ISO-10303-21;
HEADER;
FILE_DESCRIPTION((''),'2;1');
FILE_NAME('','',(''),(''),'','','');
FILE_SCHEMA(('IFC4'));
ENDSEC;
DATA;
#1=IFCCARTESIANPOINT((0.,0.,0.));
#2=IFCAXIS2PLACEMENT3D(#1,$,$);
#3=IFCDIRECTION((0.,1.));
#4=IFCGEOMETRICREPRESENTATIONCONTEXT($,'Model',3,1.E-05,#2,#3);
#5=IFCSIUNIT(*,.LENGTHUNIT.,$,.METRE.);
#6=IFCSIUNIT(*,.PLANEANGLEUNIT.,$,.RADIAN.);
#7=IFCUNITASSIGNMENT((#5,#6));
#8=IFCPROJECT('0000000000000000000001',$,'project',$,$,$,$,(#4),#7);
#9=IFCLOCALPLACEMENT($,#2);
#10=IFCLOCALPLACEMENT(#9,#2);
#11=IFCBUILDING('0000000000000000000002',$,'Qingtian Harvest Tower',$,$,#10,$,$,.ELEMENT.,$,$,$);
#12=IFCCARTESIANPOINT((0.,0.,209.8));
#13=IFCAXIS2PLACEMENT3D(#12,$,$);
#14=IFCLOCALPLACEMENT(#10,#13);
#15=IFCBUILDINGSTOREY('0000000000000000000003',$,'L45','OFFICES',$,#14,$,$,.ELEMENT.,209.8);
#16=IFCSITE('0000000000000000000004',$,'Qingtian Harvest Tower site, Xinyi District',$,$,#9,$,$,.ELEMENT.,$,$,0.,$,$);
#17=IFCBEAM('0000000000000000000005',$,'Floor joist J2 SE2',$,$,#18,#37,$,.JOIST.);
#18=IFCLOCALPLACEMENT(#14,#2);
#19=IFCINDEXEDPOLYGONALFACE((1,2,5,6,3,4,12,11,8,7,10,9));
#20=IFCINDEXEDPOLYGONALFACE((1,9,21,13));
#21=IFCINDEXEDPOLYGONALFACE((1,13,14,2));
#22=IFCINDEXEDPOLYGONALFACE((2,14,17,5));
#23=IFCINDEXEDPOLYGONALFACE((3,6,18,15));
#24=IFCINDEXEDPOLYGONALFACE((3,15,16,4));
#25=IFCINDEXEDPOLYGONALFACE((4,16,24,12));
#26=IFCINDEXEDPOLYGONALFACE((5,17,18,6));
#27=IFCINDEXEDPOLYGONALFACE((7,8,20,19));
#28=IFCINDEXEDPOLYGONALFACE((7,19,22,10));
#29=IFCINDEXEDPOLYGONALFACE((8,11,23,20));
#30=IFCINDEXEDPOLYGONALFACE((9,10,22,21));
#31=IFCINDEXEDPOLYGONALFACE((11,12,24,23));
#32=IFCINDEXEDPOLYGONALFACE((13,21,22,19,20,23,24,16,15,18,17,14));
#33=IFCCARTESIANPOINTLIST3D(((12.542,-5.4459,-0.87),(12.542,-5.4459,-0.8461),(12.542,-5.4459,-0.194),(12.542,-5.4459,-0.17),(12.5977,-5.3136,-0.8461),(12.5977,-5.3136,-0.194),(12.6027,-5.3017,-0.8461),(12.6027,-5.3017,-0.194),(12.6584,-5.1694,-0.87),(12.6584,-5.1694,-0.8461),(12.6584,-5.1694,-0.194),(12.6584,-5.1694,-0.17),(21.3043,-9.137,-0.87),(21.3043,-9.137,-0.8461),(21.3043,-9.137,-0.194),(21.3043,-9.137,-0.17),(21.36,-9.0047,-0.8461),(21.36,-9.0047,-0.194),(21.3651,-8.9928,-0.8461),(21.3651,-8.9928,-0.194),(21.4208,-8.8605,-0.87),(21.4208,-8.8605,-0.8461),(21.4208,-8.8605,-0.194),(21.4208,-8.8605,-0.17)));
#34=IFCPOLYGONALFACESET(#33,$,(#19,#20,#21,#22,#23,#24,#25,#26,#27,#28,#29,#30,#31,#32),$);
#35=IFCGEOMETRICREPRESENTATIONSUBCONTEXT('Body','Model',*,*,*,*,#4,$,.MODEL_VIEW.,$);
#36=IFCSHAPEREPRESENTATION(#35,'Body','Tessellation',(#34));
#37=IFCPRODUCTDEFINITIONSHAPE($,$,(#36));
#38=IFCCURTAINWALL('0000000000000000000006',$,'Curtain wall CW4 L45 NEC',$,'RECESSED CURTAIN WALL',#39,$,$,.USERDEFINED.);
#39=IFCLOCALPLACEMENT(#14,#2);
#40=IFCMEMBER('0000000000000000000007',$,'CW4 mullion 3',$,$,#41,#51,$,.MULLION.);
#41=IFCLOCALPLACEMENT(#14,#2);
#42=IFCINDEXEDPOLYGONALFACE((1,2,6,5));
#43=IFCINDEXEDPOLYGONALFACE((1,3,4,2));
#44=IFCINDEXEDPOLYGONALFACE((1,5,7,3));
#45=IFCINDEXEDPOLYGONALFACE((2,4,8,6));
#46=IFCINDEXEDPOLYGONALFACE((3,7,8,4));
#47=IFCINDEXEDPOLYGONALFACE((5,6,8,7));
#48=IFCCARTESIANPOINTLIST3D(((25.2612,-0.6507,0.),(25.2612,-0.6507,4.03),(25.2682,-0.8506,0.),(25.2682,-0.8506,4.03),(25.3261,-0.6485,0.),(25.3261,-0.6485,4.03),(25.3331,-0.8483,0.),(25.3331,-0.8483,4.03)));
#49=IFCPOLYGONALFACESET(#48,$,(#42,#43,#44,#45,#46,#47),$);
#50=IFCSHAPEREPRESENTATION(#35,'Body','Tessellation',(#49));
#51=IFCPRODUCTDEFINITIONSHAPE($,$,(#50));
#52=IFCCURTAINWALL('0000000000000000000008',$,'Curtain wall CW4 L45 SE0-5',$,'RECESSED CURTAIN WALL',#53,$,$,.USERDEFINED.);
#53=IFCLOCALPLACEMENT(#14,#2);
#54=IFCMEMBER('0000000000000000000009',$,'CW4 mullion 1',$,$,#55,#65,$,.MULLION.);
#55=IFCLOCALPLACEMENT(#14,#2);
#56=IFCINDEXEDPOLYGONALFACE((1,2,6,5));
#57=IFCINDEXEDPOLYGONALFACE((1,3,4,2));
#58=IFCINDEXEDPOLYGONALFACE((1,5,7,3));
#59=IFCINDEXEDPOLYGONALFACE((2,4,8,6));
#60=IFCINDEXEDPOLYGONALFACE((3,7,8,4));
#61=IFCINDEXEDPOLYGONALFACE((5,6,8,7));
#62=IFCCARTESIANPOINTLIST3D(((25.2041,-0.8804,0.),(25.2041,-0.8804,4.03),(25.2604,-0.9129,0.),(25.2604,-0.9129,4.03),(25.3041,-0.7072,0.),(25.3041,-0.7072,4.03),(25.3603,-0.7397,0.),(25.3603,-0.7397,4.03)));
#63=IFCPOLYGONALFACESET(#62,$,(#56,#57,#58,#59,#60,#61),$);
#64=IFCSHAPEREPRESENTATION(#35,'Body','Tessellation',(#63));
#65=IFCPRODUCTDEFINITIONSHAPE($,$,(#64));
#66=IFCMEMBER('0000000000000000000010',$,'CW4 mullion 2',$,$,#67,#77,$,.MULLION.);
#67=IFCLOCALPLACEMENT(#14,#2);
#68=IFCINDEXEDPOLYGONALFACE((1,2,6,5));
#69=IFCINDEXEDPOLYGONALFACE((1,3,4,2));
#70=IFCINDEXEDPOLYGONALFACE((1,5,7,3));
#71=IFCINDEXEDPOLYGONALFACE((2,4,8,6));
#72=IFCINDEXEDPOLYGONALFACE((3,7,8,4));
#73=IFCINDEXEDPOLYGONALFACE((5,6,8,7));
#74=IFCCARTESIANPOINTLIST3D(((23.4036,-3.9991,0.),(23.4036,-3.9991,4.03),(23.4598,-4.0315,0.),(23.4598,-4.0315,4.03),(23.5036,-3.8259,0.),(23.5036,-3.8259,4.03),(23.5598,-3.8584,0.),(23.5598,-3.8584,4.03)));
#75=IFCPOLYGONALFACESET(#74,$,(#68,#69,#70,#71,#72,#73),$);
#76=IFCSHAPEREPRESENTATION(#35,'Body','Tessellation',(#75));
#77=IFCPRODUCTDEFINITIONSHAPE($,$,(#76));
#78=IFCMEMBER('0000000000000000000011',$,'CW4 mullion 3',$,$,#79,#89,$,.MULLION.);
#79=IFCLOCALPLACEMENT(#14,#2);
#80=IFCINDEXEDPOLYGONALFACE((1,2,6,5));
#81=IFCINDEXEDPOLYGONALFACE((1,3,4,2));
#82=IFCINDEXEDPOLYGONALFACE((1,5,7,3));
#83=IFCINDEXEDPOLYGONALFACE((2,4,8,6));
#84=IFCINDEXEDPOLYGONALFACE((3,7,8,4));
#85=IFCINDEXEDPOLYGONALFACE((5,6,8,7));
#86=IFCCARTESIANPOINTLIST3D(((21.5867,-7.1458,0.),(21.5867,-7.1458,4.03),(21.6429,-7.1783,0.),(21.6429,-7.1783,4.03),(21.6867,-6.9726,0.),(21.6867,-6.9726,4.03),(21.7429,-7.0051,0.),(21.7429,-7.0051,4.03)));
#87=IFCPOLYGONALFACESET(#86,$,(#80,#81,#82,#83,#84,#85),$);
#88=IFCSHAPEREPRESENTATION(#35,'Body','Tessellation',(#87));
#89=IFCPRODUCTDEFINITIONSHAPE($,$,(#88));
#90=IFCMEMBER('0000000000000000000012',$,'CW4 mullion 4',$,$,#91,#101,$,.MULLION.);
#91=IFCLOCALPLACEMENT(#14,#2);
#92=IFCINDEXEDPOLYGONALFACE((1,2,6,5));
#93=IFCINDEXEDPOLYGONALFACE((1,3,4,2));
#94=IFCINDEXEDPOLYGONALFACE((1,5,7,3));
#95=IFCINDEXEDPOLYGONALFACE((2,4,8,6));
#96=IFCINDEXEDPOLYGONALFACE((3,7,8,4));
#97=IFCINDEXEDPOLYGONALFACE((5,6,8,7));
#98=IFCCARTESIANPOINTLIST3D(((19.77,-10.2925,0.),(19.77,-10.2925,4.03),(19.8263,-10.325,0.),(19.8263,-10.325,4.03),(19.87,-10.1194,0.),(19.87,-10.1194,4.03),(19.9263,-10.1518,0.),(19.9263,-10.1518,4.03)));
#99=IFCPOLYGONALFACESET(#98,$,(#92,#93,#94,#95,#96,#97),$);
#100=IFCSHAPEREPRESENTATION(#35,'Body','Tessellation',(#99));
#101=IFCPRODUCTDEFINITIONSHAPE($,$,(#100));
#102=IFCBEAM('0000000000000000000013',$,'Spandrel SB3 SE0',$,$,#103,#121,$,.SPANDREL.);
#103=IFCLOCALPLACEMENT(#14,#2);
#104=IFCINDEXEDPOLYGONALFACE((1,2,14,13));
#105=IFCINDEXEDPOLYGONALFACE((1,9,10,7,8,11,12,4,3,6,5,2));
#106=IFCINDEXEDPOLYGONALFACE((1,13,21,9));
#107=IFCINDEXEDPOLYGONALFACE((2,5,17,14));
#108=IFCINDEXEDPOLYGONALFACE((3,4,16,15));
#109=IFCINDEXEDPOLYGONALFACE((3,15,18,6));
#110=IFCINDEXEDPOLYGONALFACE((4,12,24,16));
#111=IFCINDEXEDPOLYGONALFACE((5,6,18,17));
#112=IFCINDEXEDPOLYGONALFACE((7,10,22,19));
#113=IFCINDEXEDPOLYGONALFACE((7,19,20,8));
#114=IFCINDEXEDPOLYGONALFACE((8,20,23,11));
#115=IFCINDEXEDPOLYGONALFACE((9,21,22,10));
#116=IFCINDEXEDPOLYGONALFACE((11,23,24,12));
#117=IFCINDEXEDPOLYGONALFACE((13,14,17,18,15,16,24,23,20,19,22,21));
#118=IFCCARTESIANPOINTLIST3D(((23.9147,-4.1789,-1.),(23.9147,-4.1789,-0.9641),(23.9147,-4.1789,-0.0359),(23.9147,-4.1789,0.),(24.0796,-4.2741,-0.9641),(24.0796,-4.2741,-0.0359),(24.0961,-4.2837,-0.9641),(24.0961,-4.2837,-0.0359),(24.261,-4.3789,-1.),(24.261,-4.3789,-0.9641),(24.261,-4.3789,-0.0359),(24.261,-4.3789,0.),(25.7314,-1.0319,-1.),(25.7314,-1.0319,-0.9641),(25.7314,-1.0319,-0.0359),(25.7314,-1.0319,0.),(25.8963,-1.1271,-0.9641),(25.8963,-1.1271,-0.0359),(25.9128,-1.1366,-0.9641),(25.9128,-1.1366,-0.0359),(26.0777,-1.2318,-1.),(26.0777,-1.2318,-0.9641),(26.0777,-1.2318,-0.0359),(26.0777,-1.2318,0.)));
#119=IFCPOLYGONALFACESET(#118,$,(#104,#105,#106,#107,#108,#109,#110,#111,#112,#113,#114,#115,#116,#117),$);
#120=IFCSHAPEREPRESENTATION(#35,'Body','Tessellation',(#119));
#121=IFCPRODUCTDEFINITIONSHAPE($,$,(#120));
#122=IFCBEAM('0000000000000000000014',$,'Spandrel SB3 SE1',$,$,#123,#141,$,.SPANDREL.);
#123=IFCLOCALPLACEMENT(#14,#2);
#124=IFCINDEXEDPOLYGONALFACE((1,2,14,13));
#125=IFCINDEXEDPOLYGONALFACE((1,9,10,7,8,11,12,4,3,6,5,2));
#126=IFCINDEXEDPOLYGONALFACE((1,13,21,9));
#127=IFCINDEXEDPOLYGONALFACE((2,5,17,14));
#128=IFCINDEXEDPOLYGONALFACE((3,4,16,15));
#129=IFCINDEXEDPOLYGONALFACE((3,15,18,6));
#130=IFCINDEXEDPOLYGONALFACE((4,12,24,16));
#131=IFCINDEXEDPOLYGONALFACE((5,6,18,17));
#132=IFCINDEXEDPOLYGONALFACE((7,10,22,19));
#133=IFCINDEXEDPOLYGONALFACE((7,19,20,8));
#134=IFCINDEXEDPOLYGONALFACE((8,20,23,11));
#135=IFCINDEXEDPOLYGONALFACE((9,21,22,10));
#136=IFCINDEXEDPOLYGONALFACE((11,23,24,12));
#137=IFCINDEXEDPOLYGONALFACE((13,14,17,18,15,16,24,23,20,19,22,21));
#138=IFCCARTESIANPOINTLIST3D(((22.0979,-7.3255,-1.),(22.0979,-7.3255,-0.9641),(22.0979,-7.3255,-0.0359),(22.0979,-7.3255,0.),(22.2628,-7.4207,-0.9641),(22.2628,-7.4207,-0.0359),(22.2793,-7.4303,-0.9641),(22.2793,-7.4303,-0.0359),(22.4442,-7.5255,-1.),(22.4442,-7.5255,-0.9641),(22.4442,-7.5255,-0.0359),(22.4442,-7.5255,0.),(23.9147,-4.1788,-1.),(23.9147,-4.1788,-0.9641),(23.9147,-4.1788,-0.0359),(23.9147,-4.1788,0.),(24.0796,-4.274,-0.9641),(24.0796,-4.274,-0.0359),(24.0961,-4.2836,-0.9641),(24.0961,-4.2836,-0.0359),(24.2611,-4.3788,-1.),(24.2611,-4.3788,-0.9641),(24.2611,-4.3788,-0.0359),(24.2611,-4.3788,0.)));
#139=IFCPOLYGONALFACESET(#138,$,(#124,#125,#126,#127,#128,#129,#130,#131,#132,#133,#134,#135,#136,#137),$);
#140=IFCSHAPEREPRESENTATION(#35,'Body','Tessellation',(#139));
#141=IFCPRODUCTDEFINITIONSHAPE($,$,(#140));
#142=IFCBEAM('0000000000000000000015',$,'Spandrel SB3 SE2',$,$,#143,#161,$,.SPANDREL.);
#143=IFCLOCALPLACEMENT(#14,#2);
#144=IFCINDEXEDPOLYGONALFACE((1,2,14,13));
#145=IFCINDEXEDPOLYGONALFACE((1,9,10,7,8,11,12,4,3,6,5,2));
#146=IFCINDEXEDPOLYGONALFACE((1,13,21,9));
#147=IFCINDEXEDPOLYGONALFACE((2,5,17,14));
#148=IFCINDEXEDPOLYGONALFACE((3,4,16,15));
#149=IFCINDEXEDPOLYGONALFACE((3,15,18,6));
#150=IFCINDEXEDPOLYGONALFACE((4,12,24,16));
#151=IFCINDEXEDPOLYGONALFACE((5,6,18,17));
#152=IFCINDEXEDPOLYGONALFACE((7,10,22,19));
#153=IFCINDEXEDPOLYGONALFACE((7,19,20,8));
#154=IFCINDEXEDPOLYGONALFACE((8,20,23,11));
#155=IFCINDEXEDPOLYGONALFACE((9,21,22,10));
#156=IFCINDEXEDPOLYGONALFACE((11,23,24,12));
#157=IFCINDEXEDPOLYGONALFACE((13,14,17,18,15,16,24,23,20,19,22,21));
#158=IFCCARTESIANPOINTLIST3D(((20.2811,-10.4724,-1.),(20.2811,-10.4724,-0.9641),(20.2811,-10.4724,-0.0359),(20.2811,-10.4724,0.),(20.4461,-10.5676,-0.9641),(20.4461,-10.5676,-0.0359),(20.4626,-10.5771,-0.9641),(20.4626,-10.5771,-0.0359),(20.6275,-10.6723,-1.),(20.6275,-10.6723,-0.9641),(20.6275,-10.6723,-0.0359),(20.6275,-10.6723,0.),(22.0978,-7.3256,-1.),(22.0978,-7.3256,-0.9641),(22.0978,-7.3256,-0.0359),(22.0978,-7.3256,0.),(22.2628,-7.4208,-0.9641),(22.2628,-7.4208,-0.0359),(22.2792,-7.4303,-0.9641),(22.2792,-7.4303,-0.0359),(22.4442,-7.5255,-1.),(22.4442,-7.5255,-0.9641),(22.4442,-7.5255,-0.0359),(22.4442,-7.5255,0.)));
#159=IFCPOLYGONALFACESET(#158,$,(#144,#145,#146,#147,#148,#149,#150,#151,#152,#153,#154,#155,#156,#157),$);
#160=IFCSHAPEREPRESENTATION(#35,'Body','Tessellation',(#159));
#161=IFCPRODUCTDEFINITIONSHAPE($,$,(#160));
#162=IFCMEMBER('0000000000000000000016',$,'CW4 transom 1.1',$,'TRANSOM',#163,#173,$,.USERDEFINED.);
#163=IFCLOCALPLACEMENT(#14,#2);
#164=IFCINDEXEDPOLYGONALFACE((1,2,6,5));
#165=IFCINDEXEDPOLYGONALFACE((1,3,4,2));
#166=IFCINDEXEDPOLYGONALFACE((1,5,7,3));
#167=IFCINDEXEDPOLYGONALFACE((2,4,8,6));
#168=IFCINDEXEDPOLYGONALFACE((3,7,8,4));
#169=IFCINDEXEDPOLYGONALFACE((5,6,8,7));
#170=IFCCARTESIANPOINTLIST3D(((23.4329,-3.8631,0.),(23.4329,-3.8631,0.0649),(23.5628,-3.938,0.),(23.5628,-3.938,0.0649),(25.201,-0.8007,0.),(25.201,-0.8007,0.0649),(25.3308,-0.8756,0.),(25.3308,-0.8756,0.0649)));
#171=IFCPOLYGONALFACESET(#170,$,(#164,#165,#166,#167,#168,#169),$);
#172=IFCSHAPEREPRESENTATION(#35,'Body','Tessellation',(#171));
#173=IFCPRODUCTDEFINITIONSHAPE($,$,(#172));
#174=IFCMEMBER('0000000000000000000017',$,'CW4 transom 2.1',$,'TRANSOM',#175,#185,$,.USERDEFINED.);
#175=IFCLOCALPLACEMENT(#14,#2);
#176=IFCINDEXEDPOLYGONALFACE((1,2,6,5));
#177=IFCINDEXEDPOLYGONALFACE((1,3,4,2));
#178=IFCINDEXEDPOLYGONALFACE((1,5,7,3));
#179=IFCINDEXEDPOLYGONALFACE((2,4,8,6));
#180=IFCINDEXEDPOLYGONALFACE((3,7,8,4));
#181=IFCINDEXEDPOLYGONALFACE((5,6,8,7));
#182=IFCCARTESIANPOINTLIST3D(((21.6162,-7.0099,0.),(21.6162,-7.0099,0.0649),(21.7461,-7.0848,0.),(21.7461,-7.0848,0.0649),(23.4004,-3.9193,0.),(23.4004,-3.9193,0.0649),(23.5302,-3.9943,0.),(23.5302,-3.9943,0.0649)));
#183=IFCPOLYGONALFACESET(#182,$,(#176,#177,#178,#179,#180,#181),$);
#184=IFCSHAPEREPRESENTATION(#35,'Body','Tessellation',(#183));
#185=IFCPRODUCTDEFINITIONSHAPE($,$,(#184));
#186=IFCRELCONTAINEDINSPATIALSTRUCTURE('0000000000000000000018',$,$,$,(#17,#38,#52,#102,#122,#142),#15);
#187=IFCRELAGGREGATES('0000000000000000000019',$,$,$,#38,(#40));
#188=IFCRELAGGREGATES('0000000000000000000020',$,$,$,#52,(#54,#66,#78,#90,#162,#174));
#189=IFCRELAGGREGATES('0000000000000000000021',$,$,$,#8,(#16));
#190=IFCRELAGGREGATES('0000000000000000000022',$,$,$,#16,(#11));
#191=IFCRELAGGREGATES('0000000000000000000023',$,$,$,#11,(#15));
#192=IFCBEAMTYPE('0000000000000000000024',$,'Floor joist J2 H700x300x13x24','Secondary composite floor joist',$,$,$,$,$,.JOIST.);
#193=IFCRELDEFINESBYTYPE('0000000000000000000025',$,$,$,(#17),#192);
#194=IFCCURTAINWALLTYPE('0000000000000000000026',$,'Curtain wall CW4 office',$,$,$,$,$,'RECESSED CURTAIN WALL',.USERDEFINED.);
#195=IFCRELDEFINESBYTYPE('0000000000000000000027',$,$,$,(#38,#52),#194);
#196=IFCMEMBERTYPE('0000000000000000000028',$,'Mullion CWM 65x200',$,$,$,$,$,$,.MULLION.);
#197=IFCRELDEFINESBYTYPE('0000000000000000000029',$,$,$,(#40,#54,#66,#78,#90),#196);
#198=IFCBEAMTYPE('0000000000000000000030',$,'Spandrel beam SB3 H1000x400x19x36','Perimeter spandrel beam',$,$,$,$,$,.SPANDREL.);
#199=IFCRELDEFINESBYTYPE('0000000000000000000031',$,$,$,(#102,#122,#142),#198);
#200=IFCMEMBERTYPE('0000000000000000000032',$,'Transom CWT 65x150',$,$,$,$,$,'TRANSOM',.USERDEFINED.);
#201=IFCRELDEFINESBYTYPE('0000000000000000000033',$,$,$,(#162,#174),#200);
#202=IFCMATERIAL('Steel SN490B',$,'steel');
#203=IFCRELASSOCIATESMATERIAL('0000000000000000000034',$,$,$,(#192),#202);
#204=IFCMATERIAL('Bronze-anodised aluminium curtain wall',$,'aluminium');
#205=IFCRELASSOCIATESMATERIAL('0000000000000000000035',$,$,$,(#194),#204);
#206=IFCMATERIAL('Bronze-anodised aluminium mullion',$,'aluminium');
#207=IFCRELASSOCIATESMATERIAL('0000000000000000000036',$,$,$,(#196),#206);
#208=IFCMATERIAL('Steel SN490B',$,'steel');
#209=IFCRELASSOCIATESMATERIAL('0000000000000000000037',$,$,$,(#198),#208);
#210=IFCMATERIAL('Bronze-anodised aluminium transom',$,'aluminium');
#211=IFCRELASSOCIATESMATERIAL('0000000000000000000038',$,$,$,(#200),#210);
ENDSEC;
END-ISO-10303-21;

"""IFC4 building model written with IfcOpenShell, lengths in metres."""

from ifc_helpers import new_model, si_unit, direction, frame, origin, origin_2d, place, context, subcontext, project, spatial, rectangle, i_section, extrude, material, material_profile, profile_set, type_object, element, aggregate, save


model = new_model("IFC4")

# Units and contexts
model_context = context("Model", 3, precision=1e-05, world=origin(), true_north=direction((0.0, 1.0)))
body_context = subcontext(model_context, "Body", "Model", "MODEL_VIEW")
ifc_project = project(units=[si_unit("LENGTHUNIT", "METRE"), si_unit("PLANEANGLEUNIT", "RADIAN")], contexts=[model_context])

# Site, building, storey
site_placement = place(None, origin())
site = spatial("IfcSite", under=ifc_project, at=site_placement, Name="Qingtian Harvest Tower site, Xinyi District", CompositionType="ELEMENT", RefElevation=0.0)
building_placement = place(site_placement, origin())
building = spatial("IfcBuilding", under=site, at=building_placement, Name="Qingtian Harvest Tower", CompositionType="ELEMENT")
storey_placement = place(building_placement, frame((0.0, 0.0, 209.8)))
storey = spatial("IfcBuildingStorey", under=building, at=storey_placement, Name="L45", Description="OFFICES", CompositionType="ELEMENT", Elevation=209.8)

# Beam
ifc_material_1 = material(Name="Steel SN490B", Category="steel")
ifc_material_profile_1 = material_profile(ifc_material_1, i_section(OverallWidth=0.3, OverallDepth=0.7, WebThickness=0.0129, FlangeThickness=0.0239, at=origin_2d()), Name="H700x300x13x24")
ifc_profile_set_1 = profile_set([ifc_material_profile_1], Name="Steel SN490B")
beam_type_1 = type_object("IfcBeamType", Name="Floor joist J2 H700x300x13x24", Description="Secondary composite floor joist", PredefinedType="JOIST", material=ifc_profile_set_1)
beam_1_placement = place(storey_placement, frame((21.3625, -8.9988, -0.52), z_axis=(-0.921571, 0.38821, 0.0), x_axis=(-0.38821, -0.921571, 0.0)))
element("IfcBeam", 1, at=beam_1_placement, inside=storey, type_object=beam_type_1, Name="Floor joist J2 SE2", PredefinedType="JOIST", context=body_context, shape_type="SweptSolid", body=[
    extrude(i_section(OverallWidth=0.3, OverallDepth=0.7, WebThickness=0.0129, FlangeThickness=0.0239, at=origin_2d()), origin(), (0.0, 0.0, 1.0), 9.5081),
])

# Curtain wall, member
ifc_material_2 = material(Name="Bronze-anodised aluminium curtain wall", Category="aluminium")
curtain_wall_type = type_object("IfcCurtainWallType", Name="Curtain wall CW4 office", ElementType="RECESSED CURTAIN WALL", PredefinedType="USERDEFINED", material=ifc_material_2)
curtain_wall_1_placement = place(storey_placement, origin())
curtain_wall_1 = element("IfcCurtainWall", 2, at=curtain_wall_1_placement, inside=storey, type_object=curtain_wall_type, Name="Curtain wall CW4 L45 NEC", ObjectType="RECESSED CURTAIN WALL", PredefinedType="USERDEFINED")
ifc_material_3 = material(Name="Bronze-anodised aluminium mullion", Category="aluminium")
ifc_material_profile_2 = material_profile(ifc_material_3, rectangle(XDim=0.0649, YDim=0.2, at=origin_2d()), Name="AL 65x200")
ifc_profile_set_2 = profile_set([ifc_material_profile_2], Name="Bronze-anodised aluminium mullion")
member_type_1 = type_object("IfcMemberType", Name="Mullion CWM 65x200", PredefinedType="MULLION", material=ifc_profile_set_2)
member_1_placement = place(storey_placement, frame((25.2971, -0.7495, 0.0), z_axis=(0.0, 0.0, 1.0), x_axis=(0.999391, 0.034899, 0.0)))
member_1 = element("IfcMember", 3, at=member_1_placement, type_object=member_type_1, Name="CW4 mullion 3", PredefinedType="MULLION", context=body_context, shape_type="SweptSolid", body=[
    extrude(rectangle(XDim=0.0649, YDim=0.2, at=origin_2d()), origin(), (0.0, 0.0, 1.0), 4.03),
])
aggregate(curtain_wall_1, [member_1])

# Curtain wall, members
curtain_wall_2_placement = place(storey_placement, origin())
curtain_wall_2 = element("IfcCurtainWall", 4, at=curtain_wall_2_placement, inside=storey, type_object=curtain_wall_type, Name="Curtain wall CW4 L45 SE0-5", ObjectType="RECESSED CURTAIN WALL", PredefinedType="USERDEFINED")
member_2_placement = place(storey_placement, frame((25.2822, -0.8101, 0.0), z_axis=(0.0, 0.0, 1.0), x_axis=(0.866025, -0.5, 0.0)))
member_2 = element("IfcMember", 5, at=member_2_placement, type_object=member_type_1, Name="CW4 mullion 1", PredefinedType="MULLION", context=body_context, shape_type="SweptSolid", body=[
    extrude(rectangle(XDim=0.0649, YDim=0.2, at=origin_2d()), origin(), (0.0, 0.0, 1.0), 4.03),
])
member_3_placement = place(storey_placement, frame((23.4817, -3.9287, 0.0), z_axis=(0.0, 0.0, 1.0), x_axis=(0.866025, -0.5, 0.0)))
member_3 = element("IfcMember", 6, at=member_3_placement, type_object=member_type_1, Name="CW4 mullion 2", PredefinedType="MULLION", context=body_context, shape_type="SweptSolid", body=[
    extrude(rectangle(XDim=0.0649, YDim=0.2, at=origin_2d()), origin(), (0.0, 0.0, 1.0), 4.03),
])
member_4_placement = place(storey_placement, frame((21.6648, -7.0754, 0.0), z_axis=(0.0, 0.0, 1.0), x_axis=(0.866025, -0.5, 0.0)))
member_4 = element("IfcMember", 7, at=member_4_placement, type_object=member_type_1, Name="CW4 mullion 3", PredefinedType="MULLION", context=body_context, shape_type="SweptSolid", body=[
    extrude(rectangle(XDim=0.0649, YDim=0.2, at=origin_2d()), origin(), (0.0, 0.0, 1.0), 4.03),
])
member_5_placement = place(storey_placement, frame((19.8481, -10.2222, 0.0), z_axis=(0.0, 0.0, 1.0), x_axis=(0.866025, -0.5, 0.0)))
member_5 = element("IfcMember", 8, at=member_5_placement, type_object=member_type_1, Name="CW4 mullion 4", PredefinedType="MULLION", context=body_context, shape_type="SweptSolid", body=[
    extrude(rectangle(XDim=0.0649, YDim=0.2, at=origin_2d()), origin(), (0.0, 0.0, 1.0), 4.03),
])

# Beams
ifc_material_4 = material(Name="Steel SN490B", Category="steel")
ifc_material_profile_3 = material_profile(ifc_material_4, i_section(OverallWidth=0.3999, OverallDepth=1.0, WebThickness=0.019, FlangeThickness=0.0359, at=origin_2d()), Name="H1000x400x19x36")
ifc_profile_set_3 = profile_set([ifc_material_profile_3], Name="Steel SN490B")
beam_type_2 = type_object("IfcBeamType", Name="Spandrel beam SB3 H1000x400x19x36", Description="Perimeter spandrel beam", PredefinedType="SPANDREL", material=ifc_profile_set_3)
beam_2_placement = place(storey_placement, frame((25.9045, -1.1318, -0.5), z_axis=(-0.499947, -0.866056, 0.0), x_axis=(0.866056, -0.499947, 0.0)))
element("IfcBeam", 9, at=beam_2_placement, inside=storey, type_object=beam_type_2, Name="Spandrel SB3 SE0", PredefinedType="SPANDREL", context=body_context, shape_type="SweptSolid", body=[
    extrude(i_section(OverallWidth=0.3999, OverallDepth=1.0, WebThickness=0.019, FlangeThickness=0.0359, at=origin_2d()), origin(), (0.0, 0.0, 1.0), 3.6338),
])
for number, where, z_axis, x_axis, name in (
    (10, (24.0879, -4.2788, -0.5), (-0.500027, -0.86601, 0.0), (0.86601, -0.500027, 0.0), "Spandrel SB3 SE1"),
    (11, (22.271, -7.4255, -0.5), (-0.499976, -0.866039, 0.0), (0.866039, -0.499976, 0.0), "Spandrel SB3 SE2"),
):
    element("IfcBeam", number, at=place(storey_placement, frame(where, z_axis=z_axis, x_axis=x_axis)), inside=storey, type_object=beam_type_2, Name=name, PredefinedType="SPANDREL", context=body_context, shape_type="SweptSolid", body=[
        extrude(i_section(OverallWidth=0.3999, OverallDepth=1.0, WebThickness=0.019, FlangeThickness=0.0359, at=origin_2d()), origin(), (0.0, 0.0, 1.0), 3.6335),
    ])

# Members
ifc_material_5 = material(Name="Bronze-anodised aluminium transom", Category="aluminium")
ifc_material_profile_4 = material_profile(ifc_material_5, rectangle(XDim=0.1499, YDim=0.0649, at=origin_2d()), Name="AL 65x150")
ifc_profile_set_4 = profile_set([ifc_material_profile_4], Name="Bronze-anodised aluminium transom")
member_type_2 = type_object("IfcMemberType", Name="Transom CWT 65x150", ElementType="TRANSOM", PredefinedType="USERDEFINED", material=ifc_profile_set_4)
member_6_placement = place(storey_placement, frame((25.2659, -0.8381, 0.0325), z_axis=(-0.499985, -0.866034, 0.0), x_axis=(0.866034, -0.499985, 0.0)))
member_6 = element("IfcMember", 12, at=member_6_placement, type_object=member_type_2, Name="CW4 transom 1.1", ObjectType="TRANSOM", PredefinedType="USERDEFINED", context=body_context, shape_type="SweptSolid", body=[
    extrude(rectangle(XDim=0.1499, YDim=0.0649, at=origin_2d()), origin(), (0.0, 0.0, 1.0), 3.5361),
])
member_7_placement = place(storey_placement, frame((23.4653, -3.9568, 0.0325), z_axis=(-0.499965, -0.866045, 0.0), x_axis=(0.866045, -0.499965, 0.0)))
member_7 = element("IfcMember", 13, at=member_7_placement, type_object=member_type_2, Name="CW4 transom 2.1", ObjectType="TRANSOM", PredefinedType="USERDEFINED", context=body_context, shape_type="SweptSolid", body=[
    extrude(rectangle(XDim=0.1499, YDim=0.0649, at=origin_2d()), origin(), (0.0, 0.0, 1.0), 3.5686),
])

aggregate(curtain_wall_2, [member_2, member_3, member_4, member_5, member_6, member_7])

save(model, "model.ifc")
